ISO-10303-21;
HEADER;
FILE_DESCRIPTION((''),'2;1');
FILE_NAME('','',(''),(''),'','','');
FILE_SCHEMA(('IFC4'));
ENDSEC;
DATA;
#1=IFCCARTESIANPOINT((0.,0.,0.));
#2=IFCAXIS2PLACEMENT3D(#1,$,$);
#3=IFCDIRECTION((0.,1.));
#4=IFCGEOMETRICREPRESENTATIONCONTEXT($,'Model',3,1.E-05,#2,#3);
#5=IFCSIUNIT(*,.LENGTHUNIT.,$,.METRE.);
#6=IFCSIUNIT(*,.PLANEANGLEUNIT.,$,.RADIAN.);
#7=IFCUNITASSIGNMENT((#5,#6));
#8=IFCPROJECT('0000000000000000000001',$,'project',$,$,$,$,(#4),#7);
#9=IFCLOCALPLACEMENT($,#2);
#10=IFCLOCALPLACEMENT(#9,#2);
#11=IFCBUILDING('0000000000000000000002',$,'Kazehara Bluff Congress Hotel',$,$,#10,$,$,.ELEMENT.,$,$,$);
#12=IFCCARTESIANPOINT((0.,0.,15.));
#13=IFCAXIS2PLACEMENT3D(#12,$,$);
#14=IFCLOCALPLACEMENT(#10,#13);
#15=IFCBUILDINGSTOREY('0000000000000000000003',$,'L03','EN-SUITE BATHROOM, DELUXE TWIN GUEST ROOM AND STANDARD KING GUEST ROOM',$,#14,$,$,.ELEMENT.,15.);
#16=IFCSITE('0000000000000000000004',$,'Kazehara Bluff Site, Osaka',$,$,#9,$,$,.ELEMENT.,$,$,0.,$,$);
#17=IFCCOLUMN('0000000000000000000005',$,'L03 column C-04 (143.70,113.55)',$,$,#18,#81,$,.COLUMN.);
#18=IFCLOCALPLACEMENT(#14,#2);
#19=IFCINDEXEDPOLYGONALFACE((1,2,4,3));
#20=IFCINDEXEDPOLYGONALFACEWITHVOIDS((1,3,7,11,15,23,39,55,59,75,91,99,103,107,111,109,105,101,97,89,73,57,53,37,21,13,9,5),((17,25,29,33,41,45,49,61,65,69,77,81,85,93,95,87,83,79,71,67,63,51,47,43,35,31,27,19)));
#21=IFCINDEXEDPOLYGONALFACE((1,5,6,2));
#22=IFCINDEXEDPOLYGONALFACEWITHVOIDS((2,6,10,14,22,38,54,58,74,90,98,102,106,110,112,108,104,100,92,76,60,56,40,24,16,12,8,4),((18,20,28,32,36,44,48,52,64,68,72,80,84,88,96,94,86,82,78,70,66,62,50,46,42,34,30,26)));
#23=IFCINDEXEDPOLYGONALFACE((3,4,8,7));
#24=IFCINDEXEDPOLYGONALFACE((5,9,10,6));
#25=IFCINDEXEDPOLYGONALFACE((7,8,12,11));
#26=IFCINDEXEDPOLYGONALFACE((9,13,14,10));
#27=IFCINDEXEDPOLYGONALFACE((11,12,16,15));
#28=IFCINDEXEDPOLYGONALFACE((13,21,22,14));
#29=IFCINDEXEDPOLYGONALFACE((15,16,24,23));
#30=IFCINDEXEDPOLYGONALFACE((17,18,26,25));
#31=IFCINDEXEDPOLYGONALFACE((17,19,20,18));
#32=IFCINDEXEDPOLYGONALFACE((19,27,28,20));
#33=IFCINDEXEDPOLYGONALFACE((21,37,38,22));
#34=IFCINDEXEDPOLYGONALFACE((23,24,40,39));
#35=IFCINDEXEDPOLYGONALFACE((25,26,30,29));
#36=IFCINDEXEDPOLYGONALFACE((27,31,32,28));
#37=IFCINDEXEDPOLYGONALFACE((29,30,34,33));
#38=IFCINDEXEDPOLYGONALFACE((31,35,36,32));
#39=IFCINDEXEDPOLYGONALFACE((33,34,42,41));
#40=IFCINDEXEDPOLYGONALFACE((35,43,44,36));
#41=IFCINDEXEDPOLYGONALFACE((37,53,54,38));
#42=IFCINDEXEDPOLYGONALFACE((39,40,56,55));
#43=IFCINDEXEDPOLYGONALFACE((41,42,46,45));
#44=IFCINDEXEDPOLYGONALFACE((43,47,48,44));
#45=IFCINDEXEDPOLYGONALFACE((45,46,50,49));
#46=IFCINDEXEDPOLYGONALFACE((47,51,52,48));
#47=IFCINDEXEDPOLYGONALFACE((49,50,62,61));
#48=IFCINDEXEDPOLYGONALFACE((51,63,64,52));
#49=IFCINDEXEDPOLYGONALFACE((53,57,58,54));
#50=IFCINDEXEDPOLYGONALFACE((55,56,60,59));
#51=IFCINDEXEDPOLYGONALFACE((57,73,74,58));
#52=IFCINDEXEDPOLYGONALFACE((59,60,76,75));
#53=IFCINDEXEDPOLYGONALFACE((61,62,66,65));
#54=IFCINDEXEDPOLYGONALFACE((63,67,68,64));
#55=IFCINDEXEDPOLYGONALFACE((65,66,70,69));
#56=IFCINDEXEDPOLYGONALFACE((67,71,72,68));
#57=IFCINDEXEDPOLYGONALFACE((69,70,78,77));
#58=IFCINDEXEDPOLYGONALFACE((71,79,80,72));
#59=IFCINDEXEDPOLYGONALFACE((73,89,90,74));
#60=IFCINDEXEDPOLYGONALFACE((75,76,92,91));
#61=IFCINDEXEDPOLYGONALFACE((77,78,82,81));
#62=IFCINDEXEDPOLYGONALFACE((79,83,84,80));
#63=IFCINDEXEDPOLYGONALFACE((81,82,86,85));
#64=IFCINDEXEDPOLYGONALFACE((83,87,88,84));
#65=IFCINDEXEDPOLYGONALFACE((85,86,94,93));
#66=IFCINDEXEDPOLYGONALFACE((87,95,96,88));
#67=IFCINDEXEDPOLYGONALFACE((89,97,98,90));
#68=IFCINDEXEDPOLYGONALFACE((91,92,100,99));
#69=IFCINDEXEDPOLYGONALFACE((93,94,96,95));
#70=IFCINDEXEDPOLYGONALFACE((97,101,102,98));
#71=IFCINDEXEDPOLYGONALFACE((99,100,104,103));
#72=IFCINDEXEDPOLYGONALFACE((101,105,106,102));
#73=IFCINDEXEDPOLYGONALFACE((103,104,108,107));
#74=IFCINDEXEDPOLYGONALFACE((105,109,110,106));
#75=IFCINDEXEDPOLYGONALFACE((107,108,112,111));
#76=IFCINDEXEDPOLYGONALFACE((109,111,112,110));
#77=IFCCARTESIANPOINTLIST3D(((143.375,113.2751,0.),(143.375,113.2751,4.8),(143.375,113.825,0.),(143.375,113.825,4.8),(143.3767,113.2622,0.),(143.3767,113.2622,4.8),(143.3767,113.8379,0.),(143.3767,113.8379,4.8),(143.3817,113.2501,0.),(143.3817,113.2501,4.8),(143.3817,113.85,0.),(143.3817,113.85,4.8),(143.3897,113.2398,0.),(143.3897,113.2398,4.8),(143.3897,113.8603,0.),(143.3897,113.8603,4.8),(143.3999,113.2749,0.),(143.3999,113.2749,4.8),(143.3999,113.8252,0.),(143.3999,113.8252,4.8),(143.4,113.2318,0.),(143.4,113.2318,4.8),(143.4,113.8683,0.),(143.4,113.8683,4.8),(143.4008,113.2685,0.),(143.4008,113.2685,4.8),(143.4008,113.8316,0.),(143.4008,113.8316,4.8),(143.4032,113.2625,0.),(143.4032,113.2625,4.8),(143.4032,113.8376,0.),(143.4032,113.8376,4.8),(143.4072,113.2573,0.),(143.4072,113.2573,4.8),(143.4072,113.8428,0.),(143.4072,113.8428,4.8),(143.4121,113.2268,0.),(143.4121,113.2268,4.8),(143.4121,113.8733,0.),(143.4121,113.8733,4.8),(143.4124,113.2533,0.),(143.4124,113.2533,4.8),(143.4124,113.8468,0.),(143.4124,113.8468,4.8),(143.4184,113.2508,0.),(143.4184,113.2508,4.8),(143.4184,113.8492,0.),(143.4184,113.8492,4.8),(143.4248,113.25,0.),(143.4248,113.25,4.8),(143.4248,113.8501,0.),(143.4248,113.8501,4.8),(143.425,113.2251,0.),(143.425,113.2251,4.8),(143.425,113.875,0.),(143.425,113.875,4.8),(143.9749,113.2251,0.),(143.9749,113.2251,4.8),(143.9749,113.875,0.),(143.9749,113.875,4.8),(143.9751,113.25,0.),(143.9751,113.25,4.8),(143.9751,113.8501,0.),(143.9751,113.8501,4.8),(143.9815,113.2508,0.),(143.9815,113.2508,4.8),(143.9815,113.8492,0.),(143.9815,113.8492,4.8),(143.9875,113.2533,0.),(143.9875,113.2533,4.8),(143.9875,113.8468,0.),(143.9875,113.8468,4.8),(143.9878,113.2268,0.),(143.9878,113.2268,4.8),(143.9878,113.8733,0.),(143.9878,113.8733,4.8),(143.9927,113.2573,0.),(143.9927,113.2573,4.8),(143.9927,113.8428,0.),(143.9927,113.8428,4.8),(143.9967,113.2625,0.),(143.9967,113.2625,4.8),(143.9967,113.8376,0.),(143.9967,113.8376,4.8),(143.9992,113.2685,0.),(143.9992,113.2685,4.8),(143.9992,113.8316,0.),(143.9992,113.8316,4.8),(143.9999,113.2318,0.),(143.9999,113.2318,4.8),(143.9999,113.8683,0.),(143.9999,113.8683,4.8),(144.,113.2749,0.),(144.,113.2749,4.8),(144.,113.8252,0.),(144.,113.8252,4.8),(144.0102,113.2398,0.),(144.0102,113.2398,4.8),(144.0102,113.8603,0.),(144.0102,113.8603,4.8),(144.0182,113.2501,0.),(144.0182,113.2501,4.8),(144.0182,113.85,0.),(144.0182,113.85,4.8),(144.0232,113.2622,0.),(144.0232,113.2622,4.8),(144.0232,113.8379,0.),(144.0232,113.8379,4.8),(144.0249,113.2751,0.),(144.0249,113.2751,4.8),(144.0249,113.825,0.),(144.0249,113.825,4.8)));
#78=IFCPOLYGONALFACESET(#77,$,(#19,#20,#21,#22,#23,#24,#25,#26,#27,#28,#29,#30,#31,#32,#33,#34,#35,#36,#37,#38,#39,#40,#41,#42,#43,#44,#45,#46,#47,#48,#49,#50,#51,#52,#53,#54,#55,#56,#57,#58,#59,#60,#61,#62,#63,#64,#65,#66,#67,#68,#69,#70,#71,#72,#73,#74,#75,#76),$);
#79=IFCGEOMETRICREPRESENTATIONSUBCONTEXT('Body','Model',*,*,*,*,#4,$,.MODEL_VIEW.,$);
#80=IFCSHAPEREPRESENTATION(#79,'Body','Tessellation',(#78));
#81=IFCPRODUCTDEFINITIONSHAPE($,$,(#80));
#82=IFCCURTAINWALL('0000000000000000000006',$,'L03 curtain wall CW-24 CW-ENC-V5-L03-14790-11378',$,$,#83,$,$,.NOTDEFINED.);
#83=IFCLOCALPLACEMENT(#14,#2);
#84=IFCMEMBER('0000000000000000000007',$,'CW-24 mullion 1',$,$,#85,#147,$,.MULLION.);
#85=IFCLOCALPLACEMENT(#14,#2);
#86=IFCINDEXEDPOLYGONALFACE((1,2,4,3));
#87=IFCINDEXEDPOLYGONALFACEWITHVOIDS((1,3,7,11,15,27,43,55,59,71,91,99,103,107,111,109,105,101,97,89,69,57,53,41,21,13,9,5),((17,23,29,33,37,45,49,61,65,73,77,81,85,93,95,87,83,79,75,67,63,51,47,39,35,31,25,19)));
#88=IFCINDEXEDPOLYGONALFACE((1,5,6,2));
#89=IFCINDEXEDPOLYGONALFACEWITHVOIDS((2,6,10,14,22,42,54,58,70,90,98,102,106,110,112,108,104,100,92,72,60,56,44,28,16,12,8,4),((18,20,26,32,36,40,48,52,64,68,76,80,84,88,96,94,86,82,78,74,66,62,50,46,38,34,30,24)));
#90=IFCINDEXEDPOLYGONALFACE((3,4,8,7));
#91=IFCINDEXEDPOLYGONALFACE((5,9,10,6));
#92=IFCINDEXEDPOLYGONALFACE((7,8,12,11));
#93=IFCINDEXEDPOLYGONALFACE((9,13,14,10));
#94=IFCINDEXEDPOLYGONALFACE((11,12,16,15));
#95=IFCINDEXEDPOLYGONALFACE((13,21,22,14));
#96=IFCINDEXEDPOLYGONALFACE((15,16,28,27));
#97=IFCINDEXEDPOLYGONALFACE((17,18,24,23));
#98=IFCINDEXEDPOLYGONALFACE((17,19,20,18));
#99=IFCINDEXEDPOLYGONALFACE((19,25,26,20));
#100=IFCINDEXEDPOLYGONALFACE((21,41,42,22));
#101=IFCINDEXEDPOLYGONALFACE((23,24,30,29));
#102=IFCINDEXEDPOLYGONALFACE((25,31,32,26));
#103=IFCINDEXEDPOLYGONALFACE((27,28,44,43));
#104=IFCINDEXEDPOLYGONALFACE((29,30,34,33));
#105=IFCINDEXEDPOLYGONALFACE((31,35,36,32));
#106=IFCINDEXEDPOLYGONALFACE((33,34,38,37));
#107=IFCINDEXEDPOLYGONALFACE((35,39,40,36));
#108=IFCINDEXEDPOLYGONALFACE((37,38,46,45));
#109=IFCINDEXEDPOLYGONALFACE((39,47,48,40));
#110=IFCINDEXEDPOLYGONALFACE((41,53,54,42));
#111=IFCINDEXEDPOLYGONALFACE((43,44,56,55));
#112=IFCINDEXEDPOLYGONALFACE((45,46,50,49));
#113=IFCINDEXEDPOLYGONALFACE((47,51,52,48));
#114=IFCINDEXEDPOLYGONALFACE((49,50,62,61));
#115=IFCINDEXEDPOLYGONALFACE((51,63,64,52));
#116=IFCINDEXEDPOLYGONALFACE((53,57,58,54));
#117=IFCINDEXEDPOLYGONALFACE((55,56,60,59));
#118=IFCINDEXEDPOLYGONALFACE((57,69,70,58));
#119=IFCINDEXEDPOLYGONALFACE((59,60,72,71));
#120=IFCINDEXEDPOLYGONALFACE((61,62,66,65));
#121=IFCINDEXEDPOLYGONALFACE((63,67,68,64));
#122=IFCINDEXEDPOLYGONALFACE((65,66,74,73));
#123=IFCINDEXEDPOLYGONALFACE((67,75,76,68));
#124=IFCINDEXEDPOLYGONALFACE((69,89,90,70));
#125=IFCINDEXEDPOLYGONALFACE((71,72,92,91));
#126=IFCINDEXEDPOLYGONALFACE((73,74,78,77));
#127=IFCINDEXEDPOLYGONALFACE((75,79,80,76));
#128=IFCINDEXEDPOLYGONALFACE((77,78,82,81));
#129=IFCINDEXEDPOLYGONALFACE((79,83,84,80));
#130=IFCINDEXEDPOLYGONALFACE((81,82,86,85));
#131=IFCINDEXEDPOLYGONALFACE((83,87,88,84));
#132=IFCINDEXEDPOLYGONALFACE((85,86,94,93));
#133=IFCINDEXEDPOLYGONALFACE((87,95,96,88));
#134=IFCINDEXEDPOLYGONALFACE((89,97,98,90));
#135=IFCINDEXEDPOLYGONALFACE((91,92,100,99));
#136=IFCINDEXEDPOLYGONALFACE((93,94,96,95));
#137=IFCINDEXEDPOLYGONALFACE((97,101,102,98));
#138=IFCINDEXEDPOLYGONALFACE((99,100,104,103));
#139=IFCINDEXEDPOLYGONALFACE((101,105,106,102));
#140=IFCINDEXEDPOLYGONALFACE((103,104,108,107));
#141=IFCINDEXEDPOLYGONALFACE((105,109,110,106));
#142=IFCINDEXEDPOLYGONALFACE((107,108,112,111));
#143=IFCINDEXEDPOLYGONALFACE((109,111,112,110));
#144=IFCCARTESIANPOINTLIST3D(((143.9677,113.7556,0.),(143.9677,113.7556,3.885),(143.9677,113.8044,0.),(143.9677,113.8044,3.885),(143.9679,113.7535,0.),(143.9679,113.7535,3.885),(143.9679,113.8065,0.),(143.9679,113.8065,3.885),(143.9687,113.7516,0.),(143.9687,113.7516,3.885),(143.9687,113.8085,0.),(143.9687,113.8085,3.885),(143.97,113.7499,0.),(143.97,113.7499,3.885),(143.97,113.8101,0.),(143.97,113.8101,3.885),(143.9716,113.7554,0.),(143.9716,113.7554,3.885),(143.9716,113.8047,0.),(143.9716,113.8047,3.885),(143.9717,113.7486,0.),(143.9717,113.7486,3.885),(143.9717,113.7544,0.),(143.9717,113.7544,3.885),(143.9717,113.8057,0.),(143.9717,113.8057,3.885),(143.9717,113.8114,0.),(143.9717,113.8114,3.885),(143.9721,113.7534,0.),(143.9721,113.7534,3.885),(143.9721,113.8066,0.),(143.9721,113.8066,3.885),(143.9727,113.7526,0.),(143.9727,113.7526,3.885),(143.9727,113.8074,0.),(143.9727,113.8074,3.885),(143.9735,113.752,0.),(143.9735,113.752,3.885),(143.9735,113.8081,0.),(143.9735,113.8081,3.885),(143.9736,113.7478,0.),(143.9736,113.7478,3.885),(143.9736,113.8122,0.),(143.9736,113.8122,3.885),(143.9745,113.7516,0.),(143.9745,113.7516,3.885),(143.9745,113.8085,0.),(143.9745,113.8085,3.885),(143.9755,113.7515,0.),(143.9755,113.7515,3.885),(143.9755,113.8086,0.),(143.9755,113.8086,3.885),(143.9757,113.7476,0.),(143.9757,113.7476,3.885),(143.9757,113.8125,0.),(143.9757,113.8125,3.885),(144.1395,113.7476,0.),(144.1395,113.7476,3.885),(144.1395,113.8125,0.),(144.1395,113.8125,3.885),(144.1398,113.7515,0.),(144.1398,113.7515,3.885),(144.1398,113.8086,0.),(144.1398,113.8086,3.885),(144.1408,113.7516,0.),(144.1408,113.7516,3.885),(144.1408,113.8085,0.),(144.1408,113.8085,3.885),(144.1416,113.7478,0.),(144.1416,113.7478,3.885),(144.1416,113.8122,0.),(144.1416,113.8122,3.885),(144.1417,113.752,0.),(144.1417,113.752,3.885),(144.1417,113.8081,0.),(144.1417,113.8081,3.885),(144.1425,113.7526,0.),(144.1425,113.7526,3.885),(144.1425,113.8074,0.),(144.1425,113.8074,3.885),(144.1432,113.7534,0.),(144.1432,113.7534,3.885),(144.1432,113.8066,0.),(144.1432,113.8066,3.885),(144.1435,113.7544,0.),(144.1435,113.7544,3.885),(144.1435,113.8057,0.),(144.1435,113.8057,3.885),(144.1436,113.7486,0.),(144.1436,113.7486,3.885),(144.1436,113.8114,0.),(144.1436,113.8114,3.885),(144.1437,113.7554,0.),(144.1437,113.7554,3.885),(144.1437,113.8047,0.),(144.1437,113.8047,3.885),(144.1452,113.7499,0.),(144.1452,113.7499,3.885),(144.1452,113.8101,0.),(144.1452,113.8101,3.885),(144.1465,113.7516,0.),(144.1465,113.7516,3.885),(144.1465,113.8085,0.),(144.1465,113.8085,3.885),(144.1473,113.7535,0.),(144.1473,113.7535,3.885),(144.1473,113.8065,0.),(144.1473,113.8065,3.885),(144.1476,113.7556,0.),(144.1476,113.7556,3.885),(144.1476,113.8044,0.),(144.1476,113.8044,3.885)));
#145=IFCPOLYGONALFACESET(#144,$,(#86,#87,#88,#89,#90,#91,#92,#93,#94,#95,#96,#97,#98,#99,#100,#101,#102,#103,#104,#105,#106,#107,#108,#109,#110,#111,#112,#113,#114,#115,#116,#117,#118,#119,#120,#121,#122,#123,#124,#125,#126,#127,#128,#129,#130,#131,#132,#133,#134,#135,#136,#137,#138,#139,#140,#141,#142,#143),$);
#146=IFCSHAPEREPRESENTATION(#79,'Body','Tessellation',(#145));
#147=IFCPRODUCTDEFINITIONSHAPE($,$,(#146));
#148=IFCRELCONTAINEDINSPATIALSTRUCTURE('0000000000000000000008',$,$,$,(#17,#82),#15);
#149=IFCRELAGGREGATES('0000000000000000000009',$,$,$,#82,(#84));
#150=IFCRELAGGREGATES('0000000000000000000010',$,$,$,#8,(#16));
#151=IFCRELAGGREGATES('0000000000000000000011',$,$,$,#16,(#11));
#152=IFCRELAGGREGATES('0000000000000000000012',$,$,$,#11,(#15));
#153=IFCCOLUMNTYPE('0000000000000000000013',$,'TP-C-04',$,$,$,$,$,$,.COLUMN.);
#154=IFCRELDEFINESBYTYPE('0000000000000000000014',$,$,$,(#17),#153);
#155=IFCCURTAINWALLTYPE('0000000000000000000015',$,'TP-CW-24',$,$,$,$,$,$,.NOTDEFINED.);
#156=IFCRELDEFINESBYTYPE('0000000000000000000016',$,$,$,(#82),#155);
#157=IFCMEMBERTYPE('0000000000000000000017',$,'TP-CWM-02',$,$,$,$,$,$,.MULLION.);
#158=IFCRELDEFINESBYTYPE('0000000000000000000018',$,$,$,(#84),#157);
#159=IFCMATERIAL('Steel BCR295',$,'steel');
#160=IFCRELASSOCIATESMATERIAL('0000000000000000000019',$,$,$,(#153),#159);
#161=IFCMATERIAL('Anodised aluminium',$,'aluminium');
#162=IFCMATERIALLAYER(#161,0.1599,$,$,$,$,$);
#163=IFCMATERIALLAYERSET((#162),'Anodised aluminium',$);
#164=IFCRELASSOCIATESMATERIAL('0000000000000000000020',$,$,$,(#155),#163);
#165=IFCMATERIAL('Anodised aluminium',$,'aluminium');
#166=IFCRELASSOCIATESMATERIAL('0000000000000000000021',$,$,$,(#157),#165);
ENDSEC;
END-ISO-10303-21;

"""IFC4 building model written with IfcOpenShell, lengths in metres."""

from ifc_helpers import new_model, si_unit, direction, frame, origin, origin_2d, place, context, subcontext, project, spatial, hollow_rectangle, extrude, material, layer, layer_set, material_profile, profile_set, type_object, element, aggregate, save


model = new_model("IFC4")

# Units and contexts
model_context = context("Model", 3, precision=1e-05, world=origin(), true_north=direction((0.0, 1.0)))
body_context = subcontext(model_context, "Body", "Model", "MODEL_VIEW")
ifc_project = project(units=[si_unit("LENGTHUNIT", "METRE"), si_unit("PLANEANGLEUNIT", "RADIAN")], contexts=[model_context])

# Site, building, storey
site_placement = place(None, origin())
site = spatial("IfcSite", under=ifc_project, at=site_placement, Name="Kazehara Bluff Site, Osaka", CompositionType="ELEMENT", RefElevation=0.0)
building_placement = place(site_placement, origin())
building = spatial("IfcBuilding", under=site, at=building_placement, Name="Kazehara Bluff Congress Hotel", CompositionType="ELEMENT")
storey_placement = place(building_placement, frame((0.0, 0.0, 15.0)))
storey = spatial("IfcBuildingStorey", under=building, at=storey_placement, Name="L03", Description="EN-SUITE BATHROOM, DELUXE TWIN GUEST ROOM AND STANDARD KING GUEST ROOM", CompositionType="ELEMENT", Elevation=15.0)

# Column
ifc_material_1 = material(Name="Steel BCR295", Category="steel")
ifc_material_profile_1 = material_profile(ifc_material_1, hollow_rectangle(XDim=0.6499, YDim=0.6499, WallThickness=0.0249, InnerFilletRadius=0.0249, OuterFilletRadius=0.05, at=origin_2d()))
ifc_profile_set_1 = profile_set([ifc_material_profile_1], Name="Steel BCR295")
column_type = type_object("IfcColumnType", Name="TP-C-04", PredefinedType="COLUMN", material=ifc_profile_set_1)
column_placement = place(storey_placement, frame((143.7, 113.55, 0.0), z_axis=(0.0, 0.0, 1.0), x_axis=(1.0, 0.0, 0.0)))
element("IfcColumn", 1, at=column_placement, inside=storey, type_object=column_type, Name="L03 column C-04 (143.70,113.55)", PredefinedType="COLUMN", context=body_context, shape_type="SweptSolid", body=[
    extrude(hollow_rectangle(XDim=0.6499, YDim=0.6499, WallThickness=0.0249, InnerFilletRadius=0.0249, OuterFilletRadius=0.05, at=origin_2d()), origin(), (0.0, 0.0, 1.0), 4.8),
])

# Curtain wall, member
ifc_material_2 = material(Name="Anodised aluminium", Category="aluminium")
ifc_layer_1 = layer(ifc_material_2, 0.1599)
ifc_layer_set_1 = layer_set([ifc_layer_1], Name="Anodised aluminium")
curtain_wall_type = type_object("IfcCurtainWallType", Name="TP-CW-24", PredefinedType="NOTDEFINED", material=ifc_layer_set_1)
curtain_wall_placement = place(storey_placement, origin())
curtain_wall = element("IfcCurtainWall", 2, at=curtain_wall_placement, inside=storey, type_object=curtain_wall_type, Name="L03 curtain wall CW-24 CW-ENC-V5-L03-14790-11378", PredefinedType="NOTDEFINED")
ifc_material_3 = material(Name="Anodised aluminium", Category="aluminium")
ifc_material_profile_2 = material_profile(ifc_material_3, hollow_rectangle(XDim=0.0649, YDim=0.1799, WallThickness=0.0039, InnerFilletRadius=0.0039, OuterFilletRadius=0.0081, at=origin_2d()))
ifc_profile_set_2 = profile_set([ifc_material_profile_2], Name="Anodised aluminium")
member_type_1 = type_object("IfcMemberType", Name="TP-CWM-02", PredefinedType="MULLION", material=ifc_profile_set_2)
member_1_placement = place(storey_placement, frame((144.0576, 113.78, 0.0), z_axis=(0.0, 0.0, 1.0), x_axis=(0.0, 1.0, 0.0)))
member_1 = element("IfcMember", 3, at=member_1_placement, type_object=member_type_1, Name="CW-24 mullion 1", PredefinedType="MULLION", context=body_context, shape_type="SweptSolid", body=[
    extrude(hollow_rectangle(XDim=0.0649, YDim=0.1799, WallThickness=0.0039, InnerFilletRadius=0.0039, OuterFilletRadius=0.0081, at=origin_2d()), origin(), (0.0, 0.0, 1.0), 3.885),
])

aggregate(curtain_wall, [member_1])

save(model, "model.ifc")
